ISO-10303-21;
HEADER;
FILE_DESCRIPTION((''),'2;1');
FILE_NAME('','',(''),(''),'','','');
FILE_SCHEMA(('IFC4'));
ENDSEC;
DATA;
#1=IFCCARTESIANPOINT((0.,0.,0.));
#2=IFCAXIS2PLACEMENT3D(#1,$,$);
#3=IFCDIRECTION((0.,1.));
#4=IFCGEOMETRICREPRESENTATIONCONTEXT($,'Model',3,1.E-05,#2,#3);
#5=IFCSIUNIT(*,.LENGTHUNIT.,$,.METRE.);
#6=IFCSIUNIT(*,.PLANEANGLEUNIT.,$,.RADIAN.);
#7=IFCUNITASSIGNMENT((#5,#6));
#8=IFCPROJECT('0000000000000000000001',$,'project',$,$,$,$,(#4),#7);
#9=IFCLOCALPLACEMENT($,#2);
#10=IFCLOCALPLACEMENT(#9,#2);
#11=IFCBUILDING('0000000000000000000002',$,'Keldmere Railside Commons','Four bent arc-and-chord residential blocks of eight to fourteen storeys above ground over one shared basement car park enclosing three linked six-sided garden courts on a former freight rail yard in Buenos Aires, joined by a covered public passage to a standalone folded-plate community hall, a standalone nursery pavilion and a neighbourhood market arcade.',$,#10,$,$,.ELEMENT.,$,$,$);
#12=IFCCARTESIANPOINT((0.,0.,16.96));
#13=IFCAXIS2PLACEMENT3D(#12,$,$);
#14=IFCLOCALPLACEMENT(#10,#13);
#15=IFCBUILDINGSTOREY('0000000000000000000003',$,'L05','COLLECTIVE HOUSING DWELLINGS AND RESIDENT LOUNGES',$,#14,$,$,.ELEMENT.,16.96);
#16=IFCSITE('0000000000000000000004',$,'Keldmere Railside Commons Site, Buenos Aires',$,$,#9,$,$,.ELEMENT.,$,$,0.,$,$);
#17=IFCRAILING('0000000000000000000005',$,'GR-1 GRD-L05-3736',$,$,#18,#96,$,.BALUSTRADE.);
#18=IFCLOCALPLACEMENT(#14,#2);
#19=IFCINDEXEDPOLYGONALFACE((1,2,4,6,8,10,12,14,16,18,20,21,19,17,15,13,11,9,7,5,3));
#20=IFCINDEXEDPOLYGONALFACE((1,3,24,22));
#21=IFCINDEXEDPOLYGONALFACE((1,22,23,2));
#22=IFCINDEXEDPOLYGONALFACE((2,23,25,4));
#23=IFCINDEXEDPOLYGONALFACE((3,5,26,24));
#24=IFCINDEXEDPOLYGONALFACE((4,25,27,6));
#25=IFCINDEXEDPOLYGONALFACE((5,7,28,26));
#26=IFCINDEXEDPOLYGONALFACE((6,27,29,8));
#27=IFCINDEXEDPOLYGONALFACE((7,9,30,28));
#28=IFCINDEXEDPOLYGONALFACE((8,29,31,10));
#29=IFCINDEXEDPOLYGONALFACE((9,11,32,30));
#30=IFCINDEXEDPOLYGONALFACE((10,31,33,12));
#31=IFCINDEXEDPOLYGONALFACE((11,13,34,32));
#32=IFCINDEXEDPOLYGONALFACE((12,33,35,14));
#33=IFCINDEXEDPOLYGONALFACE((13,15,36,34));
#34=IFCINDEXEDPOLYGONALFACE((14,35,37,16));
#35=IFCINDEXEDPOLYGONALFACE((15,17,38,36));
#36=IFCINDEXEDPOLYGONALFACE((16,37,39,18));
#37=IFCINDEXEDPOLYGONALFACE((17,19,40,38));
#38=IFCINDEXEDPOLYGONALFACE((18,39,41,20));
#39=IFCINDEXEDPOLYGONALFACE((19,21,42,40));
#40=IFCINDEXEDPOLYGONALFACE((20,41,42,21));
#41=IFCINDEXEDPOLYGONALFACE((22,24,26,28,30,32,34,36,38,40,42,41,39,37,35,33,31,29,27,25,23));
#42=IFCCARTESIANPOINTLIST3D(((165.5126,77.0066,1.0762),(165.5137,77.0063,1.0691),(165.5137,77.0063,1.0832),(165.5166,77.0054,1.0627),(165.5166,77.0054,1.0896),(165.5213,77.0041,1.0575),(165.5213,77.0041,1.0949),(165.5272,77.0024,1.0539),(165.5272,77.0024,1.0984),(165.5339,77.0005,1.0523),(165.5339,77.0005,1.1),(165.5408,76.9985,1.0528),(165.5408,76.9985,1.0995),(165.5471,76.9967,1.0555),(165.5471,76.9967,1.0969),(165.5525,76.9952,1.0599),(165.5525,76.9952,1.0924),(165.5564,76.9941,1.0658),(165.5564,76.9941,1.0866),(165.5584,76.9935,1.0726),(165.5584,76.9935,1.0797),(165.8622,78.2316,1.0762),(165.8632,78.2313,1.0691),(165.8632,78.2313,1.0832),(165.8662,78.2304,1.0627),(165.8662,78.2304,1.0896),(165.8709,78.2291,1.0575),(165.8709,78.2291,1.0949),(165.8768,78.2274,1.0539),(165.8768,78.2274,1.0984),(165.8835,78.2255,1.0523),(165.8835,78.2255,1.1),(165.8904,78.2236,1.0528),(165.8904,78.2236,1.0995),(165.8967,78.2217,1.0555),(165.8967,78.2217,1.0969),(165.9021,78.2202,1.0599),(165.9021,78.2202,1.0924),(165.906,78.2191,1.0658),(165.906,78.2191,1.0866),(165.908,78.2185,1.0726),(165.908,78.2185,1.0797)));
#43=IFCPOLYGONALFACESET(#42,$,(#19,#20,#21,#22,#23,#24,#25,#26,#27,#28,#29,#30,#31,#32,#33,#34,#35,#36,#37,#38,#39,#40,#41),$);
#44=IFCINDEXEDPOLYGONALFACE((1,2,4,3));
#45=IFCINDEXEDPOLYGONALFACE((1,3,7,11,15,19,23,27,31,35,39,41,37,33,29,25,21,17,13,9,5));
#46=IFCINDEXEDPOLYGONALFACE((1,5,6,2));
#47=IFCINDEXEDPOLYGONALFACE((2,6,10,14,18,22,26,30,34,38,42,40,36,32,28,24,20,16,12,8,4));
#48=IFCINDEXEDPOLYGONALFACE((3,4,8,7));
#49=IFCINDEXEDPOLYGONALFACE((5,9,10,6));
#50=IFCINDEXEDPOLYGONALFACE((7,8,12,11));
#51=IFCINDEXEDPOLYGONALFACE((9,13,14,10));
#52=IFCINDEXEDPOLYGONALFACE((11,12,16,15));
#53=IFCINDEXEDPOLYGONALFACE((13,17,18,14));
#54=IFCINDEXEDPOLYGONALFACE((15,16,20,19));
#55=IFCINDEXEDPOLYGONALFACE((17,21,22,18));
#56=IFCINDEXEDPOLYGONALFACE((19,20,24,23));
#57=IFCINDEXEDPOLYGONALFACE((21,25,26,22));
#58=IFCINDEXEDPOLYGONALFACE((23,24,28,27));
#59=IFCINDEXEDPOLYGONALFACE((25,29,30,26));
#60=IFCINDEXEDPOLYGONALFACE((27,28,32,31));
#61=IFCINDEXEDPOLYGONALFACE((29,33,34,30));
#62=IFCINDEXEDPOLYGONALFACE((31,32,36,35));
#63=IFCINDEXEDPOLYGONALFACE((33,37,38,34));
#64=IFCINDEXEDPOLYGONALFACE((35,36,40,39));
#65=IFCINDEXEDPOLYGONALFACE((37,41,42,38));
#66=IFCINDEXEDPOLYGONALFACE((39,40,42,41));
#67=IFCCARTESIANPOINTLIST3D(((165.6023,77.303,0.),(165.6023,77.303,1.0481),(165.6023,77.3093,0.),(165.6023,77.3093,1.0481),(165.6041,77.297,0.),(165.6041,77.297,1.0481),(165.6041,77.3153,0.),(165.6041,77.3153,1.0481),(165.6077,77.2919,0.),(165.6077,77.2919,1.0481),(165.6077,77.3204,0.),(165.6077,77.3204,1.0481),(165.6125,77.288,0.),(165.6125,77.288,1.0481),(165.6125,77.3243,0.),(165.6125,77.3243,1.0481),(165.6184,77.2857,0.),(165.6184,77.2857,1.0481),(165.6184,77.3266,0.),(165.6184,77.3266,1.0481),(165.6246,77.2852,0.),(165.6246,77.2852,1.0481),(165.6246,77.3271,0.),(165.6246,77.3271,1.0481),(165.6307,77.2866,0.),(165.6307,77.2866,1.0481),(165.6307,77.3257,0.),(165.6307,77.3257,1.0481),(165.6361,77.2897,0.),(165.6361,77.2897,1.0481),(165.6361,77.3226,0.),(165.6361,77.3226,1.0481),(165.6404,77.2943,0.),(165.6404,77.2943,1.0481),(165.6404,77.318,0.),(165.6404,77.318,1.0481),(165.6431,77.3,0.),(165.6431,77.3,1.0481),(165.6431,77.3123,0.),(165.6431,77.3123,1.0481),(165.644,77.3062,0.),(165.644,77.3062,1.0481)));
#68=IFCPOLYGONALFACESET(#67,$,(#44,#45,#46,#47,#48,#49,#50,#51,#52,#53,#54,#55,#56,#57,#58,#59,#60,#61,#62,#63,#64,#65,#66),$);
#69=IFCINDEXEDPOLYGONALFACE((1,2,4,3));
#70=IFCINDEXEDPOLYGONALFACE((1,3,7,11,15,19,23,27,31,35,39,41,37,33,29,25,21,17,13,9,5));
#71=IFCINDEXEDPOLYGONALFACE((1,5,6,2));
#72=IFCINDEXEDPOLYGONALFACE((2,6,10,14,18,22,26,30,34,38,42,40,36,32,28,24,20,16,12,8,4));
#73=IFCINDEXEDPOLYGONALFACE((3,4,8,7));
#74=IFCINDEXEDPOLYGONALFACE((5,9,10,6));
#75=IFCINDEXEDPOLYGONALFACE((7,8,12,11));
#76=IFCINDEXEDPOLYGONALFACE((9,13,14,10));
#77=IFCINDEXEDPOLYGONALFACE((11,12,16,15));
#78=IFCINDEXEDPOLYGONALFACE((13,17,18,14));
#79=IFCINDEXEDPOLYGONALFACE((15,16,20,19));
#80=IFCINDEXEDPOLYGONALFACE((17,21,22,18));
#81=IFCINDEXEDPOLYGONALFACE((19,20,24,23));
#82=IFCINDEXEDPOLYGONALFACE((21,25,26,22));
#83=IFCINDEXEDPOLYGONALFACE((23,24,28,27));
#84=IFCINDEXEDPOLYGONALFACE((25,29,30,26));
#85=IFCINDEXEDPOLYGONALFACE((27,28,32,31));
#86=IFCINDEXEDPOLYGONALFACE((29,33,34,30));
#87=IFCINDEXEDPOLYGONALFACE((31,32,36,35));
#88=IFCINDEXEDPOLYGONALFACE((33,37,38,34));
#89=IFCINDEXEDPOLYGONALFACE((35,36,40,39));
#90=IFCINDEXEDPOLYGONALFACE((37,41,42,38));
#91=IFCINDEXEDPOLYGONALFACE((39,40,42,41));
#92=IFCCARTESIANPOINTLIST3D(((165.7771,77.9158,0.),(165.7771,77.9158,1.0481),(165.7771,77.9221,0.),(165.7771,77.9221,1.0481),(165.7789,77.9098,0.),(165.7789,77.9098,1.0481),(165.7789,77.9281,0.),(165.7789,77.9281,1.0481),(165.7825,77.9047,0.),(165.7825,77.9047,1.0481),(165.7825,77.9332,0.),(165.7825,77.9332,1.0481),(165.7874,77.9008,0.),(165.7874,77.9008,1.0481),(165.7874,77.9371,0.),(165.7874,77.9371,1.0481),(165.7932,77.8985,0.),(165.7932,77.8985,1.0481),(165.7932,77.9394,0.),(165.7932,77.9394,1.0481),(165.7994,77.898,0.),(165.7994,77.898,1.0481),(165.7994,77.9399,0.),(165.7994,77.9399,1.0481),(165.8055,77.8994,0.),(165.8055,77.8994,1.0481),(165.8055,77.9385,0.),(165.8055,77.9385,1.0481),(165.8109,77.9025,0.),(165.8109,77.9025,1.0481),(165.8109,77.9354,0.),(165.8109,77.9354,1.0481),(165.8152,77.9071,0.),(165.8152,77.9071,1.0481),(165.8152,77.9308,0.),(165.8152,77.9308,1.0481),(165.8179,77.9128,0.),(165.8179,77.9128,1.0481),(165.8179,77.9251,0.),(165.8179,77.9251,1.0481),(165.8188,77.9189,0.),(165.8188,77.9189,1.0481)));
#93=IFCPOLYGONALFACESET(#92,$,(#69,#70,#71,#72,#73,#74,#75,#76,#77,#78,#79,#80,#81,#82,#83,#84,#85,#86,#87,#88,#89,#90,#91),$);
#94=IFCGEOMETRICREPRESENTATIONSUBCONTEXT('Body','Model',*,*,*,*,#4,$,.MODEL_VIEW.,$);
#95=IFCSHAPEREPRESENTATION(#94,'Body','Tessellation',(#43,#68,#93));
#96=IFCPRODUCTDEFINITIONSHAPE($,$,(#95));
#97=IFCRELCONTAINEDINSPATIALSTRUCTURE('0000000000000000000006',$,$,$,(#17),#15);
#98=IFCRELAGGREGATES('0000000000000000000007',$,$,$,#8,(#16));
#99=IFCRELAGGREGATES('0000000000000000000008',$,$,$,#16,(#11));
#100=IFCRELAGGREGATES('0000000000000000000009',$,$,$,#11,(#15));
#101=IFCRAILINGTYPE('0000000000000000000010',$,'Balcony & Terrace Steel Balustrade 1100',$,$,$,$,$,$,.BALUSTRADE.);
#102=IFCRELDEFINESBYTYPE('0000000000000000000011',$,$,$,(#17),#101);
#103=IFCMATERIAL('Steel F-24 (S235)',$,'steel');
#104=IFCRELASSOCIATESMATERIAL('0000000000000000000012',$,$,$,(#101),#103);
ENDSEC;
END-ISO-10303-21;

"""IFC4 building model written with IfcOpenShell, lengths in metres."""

from ifc_helpers import new_model, si_unit, direction, frame, origin, origin_2d, place, context, subcontext, project, spatial, circle, extrude, material, type_object, element, save


model = new_model("IFC4")

# Units and contexts
model_context = context("Model", 3, precision=1e-05, world=origin(), true_north=direction((0.0, 1.0)))
body_context = subcontext(model_context, "Body", "Model", "MODEL_VIEW")
ifc_project = project(units=[si_unit("LENGTHUNIT", "METRE"), si_unit("PLANEANGLEUNIT", "RADIAN")], contexts=[model_context])

# Site, building, storey
site_placement = place(None, origin())
site = spatial("IfcSite", under=ifc_project, at=site_placement, Name="Keldmere Railside Commons Site, Buenos Aires", CompositionType="ELEMENT", RefElevation=0.0)
building_placement = place(site_placement, origin())
building = spatial("IfcBuilding", under=site, at=building_placement, Name="Keldmere Railside Commons", Description="Four bent arc-and-chord residential blocks of eight to fourteen storeys above ground over one shared basement car park enclosing three linked six-sided garden courts on a former freight rail yard in Buenos Aires, joined by a covered public passage to a standalone folded-plate community hall, a standalone nursery pavilion and a neighbourhood market arcade.", CompositionType="ELEMENT")
storey_placement = place(building_placement, frame((0.0, 0.0, 16.96)))
storey = spatial("IfcBuildingStorey", under=building, at=storey_placement, Name="L05", Description="COLLECTIVE HOUSING DWELLINGS AND RESIDENT LOUNGES", CompositionType="ELEMENT", Elevation=16.96)

# Shared definitions
ifc_material_1 = material(Name="Steel F-24 (S235)", Category="steel")

# Railing
railing_type_1 = type_object("IfcRailingType", Name="Balcony & Terrace Steel Balustrade 1100", PredefinedType="BALUSTRADE", material=ifc_material_1)
railing_1_placement = place(storey_placement, frame((165.5356, 77.0, 0.0)))
element("IfcRailing", 1, at=railing_1_placement, inside=storey, type_object=railing_type_1, Name="GR-1 GRD-L05-3736", PredefinedType="BALUSTRADE", context=body_context, shape_type="SweptSolid", body=[
    extrude(circle(Radius=0.0239, at=origin_2d()), frame((0.0, 0.0, 1.0762), z_axis=(0.274417, 0.961611, 0.0), x_axis=(-0.961611, 0.274417, 0.0)), (0.0, 0.0, 1.0), 1.2739),
    extrude(circle(Radius=0.021, at=origin_2d()), frame((0.0874, 0.3062, 0.0)), (0.0, 0.0, 1.0), 1.0481),
    extrude(circle(Radius=0.021, at=origin_2d()), frame((0.2622, 0.9189, 0.0)), (0.0, 0.0, 1.0), 1.0481),
])

save(model, "model.ifc")
